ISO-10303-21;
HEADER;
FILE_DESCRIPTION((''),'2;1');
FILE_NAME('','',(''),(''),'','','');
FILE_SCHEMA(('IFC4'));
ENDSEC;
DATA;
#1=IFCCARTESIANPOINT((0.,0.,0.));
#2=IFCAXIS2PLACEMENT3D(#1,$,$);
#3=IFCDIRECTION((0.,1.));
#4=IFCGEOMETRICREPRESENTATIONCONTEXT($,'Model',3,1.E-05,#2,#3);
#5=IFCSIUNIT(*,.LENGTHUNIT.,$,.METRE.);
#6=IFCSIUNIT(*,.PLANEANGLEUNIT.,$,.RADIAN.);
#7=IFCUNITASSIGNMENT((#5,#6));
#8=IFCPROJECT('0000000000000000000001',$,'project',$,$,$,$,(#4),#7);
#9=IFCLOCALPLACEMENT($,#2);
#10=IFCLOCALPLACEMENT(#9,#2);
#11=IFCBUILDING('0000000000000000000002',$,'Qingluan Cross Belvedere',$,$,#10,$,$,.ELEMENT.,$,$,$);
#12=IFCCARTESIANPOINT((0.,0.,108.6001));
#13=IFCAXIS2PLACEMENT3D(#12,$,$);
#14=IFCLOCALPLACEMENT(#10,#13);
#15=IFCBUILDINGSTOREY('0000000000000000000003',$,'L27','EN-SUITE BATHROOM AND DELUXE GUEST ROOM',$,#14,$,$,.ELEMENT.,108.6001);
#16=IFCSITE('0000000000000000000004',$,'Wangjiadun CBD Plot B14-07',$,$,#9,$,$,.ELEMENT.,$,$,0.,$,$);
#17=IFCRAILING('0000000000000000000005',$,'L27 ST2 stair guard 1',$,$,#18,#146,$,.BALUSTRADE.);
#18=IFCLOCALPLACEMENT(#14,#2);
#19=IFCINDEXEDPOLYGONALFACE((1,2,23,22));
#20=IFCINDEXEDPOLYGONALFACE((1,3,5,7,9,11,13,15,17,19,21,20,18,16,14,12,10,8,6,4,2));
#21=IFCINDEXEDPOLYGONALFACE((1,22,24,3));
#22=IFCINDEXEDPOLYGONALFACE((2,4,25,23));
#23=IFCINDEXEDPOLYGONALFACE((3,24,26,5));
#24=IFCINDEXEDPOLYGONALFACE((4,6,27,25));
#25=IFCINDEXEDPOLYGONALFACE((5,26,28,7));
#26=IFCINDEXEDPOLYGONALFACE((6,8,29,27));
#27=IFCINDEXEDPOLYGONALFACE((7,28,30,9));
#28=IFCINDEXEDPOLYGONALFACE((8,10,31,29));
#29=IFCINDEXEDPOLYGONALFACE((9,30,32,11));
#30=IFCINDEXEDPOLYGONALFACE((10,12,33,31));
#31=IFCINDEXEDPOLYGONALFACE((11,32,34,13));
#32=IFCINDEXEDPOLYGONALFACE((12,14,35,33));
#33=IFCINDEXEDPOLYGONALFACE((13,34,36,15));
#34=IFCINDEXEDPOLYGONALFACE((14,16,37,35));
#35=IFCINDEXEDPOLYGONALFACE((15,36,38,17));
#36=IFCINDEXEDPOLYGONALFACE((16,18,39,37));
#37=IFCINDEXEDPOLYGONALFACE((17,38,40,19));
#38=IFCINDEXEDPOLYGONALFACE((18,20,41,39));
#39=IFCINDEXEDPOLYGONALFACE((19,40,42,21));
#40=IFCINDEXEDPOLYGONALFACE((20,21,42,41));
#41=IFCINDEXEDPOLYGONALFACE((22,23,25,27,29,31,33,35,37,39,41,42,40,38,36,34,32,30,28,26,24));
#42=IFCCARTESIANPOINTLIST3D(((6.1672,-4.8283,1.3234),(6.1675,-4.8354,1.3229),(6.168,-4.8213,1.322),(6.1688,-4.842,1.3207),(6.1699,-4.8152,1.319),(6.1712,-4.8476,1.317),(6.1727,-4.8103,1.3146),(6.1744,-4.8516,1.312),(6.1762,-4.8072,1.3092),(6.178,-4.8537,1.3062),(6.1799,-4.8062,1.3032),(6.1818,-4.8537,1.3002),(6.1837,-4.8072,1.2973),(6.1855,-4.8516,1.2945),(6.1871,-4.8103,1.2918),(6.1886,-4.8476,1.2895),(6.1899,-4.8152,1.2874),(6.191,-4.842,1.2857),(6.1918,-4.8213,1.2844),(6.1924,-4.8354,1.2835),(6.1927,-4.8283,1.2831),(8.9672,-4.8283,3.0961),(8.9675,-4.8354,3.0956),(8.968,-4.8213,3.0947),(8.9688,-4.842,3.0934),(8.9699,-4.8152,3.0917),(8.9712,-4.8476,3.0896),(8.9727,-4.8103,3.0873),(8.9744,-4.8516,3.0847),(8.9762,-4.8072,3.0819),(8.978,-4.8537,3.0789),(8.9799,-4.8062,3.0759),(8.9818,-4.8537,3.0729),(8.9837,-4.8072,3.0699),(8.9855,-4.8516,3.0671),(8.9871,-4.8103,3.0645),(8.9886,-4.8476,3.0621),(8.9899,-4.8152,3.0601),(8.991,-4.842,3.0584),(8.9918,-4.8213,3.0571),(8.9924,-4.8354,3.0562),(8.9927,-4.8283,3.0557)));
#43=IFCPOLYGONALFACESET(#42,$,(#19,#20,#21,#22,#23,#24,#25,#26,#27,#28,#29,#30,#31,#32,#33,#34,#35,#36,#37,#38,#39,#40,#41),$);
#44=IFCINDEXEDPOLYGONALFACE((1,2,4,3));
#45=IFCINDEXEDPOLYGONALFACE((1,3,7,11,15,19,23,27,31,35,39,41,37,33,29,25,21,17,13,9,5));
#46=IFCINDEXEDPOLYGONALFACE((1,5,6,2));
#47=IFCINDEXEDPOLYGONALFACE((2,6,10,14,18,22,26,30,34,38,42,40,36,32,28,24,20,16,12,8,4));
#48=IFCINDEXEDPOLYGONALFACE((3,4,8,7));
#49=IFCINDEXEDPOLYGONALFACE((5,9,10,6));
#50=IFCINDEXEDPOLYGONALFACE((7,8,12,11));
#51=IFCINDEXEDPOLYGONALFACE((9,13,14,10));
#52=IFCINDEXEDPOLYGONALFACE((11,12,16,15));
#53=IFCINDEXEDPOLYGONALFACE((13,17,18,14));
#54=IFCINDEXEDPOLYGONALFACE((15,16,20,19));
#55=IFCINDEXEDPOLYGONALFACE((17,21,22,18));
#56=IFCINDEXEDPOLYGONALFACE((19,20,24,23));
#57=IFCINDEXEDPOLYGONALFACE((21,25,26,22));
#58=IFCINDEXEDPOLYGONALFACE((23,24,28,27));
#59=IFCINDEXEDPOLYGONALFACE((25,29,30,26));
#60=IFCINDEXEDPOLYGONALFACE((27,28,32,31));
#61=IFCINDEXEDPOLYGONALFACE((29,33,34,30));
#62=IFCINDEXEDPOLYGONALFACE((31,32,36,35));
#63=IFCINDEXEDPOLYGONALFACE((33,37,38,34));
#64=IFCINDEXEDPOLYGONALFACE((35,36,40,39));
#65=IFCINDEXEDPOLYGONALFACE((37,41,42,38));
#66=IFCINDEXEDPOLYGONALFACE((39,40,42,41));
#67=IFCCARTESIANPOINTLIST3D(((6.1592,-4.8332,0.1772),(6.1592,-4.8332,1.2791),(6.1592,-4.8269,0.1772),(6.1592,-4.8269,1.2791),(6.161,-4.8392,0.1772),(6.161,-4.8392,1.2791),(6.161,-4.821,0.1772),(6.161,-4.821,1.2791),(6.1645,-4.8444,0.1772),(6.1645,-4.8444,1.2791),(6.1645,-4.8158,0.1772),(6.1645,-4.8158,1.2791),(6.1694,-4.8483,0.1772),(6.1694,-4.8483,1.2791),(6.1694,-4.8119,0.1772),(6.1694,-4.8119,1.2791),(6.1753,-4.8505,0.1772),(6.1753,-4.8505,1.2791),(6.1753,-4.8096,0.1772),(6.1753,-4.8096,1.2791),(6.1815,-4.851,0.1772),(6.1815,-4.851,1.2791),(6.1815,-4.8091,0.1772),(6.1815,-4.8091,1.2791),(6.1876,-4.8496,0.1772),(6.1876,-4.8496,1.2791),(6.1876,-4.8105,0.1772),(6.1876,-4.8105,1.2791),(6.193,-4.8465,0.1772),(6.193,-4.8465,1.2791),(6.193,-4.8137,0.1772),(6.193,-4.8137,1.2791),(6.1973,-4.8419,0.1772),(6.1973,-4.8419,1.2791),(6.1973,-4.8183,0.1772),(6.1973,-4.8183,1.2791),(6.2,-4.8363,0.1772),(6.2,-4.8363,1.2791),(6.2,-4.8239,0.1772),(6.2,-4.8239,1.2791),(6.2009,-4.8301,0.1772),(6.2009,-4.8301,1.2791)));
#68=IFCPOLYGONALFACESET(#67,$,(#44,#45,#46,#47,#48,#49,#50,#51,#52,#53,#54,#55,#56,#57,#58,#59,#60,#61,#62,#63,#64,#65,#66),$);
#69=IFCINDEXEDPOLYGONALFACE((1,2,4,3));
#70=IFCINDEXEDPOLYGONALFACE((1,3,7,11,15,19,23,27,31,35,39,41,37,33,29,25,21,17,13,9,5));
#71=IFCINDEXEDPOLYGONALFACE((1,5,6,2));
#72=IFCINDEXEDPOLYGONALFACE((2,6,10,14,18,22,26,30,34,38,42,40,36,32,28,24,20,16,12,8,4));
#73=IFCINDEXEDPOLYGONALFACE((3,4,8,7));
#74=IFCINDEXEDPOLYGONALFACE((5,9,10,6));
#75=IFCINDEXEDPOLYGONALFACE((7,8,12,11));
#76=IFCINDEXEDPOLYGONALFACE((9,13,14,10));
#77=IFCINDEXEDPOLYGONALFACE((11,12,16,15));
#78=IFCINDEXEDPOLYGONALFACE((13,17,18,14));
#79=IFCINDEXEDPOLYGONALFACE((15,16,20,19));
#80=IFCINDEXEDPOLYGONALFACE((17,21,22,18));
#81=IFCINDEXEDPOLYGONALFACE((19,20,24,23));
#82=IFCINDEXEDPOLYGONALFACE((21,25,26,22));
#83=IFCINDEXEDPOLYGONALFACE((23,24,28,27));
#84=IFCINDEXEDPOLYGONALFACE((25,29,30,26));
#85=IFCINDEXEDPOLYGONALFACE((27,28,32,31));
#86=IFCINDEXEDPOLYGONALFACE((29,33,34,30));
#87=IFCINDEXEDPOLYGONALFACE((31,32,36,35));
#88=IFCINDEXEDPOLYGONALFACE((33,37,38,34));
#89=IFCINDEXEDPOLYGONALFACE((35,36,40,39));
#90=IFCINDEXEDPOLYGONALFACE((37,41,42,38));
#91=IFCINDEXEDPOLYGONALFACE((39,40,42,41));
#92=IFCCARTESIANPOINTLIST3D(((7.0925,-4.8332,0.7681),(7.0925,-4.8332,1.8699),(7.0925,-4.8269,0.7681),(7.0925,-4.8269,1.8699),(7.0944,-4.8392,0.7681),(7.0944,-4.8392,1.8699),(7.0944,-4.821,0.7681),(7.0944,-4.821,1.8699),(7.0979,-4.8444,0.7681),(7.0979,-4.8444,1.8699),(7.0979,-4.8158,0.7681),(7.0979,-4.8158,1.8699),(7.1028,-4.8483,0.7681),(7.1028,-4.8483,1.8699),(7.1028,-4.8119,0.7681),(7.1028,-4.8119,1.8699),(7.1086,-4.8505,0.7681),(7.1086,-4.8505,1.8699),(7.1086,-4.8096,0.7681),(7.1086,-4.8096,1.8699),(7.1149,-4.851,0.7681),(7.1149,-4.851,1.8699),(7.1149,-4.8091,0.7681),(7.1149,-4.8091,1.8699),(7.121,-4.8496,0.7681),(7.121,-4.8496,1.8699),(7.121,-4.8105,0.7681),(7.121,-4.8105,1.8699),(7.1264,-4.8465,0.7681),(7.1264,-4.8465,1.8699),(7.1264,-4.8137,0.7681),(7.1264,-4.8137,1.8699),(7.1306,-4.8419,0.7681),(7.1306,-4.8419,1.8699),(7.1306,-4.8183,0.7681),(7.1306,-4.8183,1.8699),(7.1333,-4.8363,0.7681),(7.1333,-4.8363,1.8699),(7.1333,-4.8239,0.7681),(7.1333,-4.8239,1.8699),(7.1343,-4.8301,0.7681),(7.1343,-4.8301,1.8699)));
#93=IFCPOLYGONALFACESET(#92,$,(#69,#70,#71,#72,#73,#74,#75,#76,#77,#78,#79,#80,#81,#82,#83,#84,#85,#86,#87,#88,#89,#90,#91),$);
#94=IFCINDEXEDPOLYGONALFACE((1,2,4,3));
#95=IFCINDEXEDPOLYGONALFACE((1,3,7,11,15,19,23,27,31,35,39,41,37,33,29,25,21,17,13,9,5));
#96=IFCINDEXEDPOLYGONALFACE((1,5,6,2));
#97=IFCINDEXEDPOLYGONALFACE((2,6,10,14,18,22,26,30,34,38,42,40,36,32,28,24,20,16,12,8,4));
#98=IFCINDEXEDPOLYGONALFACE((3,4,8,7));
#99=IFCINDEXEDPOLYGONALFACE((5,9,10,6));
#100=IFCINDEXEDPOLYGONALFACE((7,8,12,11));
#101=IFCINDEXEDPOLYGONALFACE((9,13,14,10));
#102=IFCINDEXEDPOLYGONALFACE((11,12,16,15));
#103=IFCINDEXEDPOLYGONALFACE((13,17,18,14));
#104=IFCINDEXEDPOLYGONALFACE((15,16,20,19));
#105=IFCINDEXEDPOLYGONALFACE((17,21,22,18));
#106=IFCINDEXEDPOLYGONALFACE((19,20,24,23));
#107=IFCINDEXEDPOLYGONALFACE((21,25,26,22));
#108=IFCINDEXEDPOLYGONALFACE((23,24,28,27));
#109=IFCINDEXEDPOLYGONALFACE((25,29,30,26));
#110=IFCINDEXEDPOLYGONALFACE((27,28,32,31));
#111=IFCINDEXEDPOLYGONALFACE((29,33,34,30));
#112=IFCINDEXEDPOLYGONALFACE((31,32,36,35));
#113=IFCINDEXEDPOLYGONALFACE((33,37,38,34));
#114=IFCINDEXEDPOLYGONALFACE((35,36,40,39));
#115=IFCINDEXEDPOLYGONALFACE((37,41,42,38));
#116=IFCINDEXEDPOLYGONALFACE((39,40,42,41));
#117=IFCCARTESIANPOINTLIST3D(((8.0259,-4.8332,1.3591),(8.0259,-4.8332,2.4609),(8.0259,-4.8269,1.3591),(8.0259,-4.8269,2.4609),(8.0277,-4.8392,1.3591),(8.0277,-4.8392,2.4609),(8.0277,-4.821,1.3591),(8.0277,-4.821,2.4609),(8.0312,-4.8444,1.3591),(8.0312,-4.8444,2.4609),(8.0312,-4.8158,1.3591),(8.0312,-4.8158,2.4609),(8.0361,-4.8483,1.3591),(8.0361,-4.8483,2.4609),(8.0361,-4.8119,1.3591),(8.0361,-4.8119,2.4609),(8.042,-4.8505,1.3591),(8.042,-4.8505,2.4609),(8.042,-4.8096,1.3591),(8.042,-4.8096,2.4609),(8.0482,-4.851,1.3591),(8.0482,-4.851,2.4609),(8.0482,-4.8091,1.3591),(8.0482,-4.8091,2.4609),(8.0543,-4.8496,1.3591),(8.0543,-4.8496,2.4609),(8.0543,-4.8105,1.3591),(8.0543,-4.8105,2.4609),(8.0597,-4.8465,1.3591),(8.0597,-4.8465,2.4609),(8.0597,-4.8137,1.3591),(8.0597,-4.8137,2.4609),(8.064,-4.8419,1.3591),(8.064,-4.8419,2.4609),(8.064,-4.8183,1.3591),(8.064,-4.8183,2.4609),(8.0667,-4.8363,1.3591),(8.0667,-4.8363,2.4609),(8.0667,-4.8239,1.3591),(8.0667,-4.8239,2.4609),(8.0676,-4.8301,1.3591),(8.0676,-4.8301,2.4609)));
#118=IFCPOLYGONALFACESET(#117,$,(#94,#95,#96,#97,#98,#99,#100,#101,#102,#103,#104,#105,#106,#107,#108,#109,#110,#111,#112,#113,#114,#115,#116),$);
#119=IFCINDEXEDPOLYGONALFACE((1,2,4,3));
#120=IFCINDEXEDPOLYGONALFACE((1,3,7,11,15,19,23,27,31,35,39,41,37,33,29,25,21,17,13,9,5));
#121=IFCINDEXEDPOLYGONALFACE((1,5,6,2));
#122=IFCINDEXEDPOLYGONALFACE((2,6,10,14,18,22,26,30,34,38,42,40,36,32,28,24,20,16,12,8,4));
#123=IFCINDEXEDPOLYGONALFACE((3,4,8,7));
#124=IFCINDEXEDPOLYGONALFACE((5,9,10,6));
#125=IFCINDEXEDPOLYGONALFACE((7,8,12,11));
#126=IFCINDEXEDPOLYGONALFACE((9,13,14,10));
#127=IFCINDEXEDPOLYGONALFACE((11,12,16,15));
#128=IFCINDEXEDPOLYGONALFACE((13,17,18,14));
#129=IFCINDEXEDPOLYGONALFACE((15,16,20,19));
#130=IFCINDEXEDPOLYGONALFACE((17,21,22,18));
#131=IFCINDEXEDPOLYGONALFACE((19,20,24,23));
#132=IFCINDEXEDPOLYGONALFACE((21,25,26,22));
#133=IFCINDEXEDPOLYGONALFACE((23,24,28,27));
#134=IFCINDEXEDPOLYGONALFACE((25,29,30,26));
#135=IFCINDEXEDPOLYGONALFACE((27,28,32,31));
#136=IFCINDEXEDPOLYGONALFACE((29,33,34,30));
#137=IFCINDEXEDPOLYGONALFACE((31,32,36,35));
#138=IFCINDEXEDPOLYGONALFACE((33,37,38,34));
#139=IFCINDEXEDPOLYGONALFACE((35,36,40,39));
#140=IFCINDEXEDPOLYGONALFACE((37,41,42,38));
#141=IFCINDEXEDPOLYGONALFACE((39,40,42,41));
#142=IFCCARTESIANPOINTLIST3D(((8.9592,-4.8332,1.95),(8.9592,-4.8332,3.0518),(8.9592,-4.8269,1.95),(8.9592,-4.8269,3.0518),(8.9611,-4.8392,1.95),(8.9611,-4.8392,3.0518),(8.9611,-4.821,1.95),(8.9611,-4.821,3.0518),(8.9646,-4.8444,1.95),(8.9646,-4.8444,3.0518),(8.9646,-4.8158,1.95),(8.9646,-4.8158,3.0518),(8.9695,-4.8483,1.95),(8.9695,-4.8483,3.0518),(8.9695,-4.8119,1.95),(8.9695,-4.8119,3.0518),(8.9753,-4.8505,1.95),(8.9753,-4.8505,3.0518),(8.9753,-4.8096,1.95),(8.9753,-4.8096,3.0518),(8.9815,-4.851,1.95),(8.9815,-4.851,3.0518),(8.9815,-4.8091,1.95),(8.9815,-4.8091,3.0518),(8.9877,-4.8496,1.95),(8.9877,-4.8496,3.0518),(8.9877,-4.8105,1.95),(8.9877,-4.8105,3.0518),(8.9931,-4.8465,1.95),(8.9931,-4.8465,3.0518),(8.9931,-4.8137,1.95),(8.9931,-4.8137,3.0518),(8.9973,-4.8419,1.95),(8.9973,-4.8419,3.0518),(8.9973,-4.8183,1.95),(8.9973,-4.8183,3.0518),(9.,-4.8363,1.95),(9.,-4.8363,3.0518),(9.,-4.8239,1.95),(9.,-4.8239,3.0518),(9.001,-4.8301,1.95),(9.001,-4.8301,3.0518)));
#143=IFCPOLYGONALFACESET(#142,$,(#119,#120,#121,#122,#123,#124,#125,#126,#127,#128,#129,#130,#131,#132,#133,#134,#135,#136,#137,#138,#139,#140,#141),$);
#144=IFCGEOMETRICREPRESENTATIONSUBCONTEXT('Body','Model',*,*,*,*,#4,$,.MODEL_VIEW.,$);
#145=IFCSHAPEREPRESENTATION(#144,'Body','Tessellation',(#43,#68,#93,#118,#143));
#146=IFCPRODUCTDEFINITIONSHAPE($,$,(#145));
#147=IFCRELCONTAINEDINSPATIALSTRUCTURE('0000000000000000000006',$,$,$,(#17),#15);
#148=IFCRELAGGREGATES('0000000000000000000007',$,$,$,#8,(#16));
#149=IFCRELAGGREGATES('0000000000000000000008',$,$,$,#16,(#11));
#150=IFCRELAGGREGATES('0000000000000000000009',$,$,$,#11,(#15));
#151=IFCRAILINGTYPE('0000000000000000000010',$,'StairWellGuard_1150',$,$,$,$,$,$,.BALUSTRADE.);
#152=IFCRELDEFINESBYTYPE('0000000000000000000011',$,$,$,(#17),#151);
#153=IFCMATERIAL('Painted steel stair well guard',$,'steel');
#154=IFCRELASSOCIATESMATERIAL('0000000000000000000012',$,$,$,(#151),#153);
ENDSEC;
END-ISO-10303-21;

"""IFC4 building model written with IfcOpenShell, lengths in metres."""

from ifc_helpers import new_model, si_unit, direction, frame, origin, origin_2d, place, context, subcontext, project, spatial, circle, extrude, material, type_object, element, save


model = new_model("IFC4")

# Units and contexts
model_context = context("Model", 3, precision=1e-05, world=origin(), true_north=direction((0.0, 1.0)))
body_context = subcontext(model_context, "Body", "Model", "MODEL_VIEW")
ifc_project = project(units=[si_unit("LENGTHUNIT", "METRE"), si_unit("PLANEANGLEUNIT", "RADIAN")], contexts=[model_context])

# Site, building, storey
site_placement = place(None, origin())
site = spatial("IfcSite", under=ifc_project, at=site_placement, Name="Wangjiadun CBD Plot B14-07", CompositionType="ELEMENT", RefElevation=0.0)
building_placement = place(site_placement, origin())
building = spatial("IfcBuilding", under=site, at=building_placement, Name="Qingluan Cross Belvedere", CompositionType="ELEMENT")
storey_placement = place(building_placement, frame((0.0, 0.0, 108.6001)))
storey = spatial("IfcBuildingStorey", under=building, at=storey_placement, Name="L27", Description="EN-SUITE BATHROOM AND DELUXE GUEST ROOM", CompositionType="ELEMENT", Elevation=108.6001)

# Railing
ifc_material_1 = material(Name="Painted steel stair well guard", Category="steel")
railing_type_1 = type_object("IfcRailingType", Name="StairWellGuard_1150", PredefinedType="BALUSTRADE", material=ifc_material_1)
railing_1_placement = place(storey_placement, frame((6.1799, -4.8301, 0.1772)))
element("IfcRailing", 1, at=railing_1_placement, inside=storey, type_object=railing_type_1, Name="L27 ST2 stair guard 1", PredefinedType="BALUSTRADE", context=body_context, shape_type="SweptSolid", body=[
    extrude(circle(Radius=0.0239, at=origin_2d()), frame((0.0, 0.0, 1.126), z_axis=(0.844909, 0.0, 0.53491), x_axis=(0.0, 1.0, 0.0)), (0.0, 0.0, 1.0), 3.314),
    extrude(circle(Radius=0.021, at=origin_2d()), origin(), (0.0, 0.0, 1.0), 1.1018),
    extrude(circle(Radius=0.021, at=origin_2d()), frame((0.9333, 0.0, 0.5908)), (0.0, 0.0, 1.0), 1.1018),
    extrude(circle(Radius=0.021, at=origin_2d()), frame((1.8667, 0.0, 1.1819)), (0.0, 0.0, 1.0), 1.1018),
    extrude(circle(Radius=0.021, at=origin_2d()), frame((2.8, 0.0, 1.7727)), (0.0, 0.0, 1.0), 1.1018),
])

save(model, "model.ifc")
